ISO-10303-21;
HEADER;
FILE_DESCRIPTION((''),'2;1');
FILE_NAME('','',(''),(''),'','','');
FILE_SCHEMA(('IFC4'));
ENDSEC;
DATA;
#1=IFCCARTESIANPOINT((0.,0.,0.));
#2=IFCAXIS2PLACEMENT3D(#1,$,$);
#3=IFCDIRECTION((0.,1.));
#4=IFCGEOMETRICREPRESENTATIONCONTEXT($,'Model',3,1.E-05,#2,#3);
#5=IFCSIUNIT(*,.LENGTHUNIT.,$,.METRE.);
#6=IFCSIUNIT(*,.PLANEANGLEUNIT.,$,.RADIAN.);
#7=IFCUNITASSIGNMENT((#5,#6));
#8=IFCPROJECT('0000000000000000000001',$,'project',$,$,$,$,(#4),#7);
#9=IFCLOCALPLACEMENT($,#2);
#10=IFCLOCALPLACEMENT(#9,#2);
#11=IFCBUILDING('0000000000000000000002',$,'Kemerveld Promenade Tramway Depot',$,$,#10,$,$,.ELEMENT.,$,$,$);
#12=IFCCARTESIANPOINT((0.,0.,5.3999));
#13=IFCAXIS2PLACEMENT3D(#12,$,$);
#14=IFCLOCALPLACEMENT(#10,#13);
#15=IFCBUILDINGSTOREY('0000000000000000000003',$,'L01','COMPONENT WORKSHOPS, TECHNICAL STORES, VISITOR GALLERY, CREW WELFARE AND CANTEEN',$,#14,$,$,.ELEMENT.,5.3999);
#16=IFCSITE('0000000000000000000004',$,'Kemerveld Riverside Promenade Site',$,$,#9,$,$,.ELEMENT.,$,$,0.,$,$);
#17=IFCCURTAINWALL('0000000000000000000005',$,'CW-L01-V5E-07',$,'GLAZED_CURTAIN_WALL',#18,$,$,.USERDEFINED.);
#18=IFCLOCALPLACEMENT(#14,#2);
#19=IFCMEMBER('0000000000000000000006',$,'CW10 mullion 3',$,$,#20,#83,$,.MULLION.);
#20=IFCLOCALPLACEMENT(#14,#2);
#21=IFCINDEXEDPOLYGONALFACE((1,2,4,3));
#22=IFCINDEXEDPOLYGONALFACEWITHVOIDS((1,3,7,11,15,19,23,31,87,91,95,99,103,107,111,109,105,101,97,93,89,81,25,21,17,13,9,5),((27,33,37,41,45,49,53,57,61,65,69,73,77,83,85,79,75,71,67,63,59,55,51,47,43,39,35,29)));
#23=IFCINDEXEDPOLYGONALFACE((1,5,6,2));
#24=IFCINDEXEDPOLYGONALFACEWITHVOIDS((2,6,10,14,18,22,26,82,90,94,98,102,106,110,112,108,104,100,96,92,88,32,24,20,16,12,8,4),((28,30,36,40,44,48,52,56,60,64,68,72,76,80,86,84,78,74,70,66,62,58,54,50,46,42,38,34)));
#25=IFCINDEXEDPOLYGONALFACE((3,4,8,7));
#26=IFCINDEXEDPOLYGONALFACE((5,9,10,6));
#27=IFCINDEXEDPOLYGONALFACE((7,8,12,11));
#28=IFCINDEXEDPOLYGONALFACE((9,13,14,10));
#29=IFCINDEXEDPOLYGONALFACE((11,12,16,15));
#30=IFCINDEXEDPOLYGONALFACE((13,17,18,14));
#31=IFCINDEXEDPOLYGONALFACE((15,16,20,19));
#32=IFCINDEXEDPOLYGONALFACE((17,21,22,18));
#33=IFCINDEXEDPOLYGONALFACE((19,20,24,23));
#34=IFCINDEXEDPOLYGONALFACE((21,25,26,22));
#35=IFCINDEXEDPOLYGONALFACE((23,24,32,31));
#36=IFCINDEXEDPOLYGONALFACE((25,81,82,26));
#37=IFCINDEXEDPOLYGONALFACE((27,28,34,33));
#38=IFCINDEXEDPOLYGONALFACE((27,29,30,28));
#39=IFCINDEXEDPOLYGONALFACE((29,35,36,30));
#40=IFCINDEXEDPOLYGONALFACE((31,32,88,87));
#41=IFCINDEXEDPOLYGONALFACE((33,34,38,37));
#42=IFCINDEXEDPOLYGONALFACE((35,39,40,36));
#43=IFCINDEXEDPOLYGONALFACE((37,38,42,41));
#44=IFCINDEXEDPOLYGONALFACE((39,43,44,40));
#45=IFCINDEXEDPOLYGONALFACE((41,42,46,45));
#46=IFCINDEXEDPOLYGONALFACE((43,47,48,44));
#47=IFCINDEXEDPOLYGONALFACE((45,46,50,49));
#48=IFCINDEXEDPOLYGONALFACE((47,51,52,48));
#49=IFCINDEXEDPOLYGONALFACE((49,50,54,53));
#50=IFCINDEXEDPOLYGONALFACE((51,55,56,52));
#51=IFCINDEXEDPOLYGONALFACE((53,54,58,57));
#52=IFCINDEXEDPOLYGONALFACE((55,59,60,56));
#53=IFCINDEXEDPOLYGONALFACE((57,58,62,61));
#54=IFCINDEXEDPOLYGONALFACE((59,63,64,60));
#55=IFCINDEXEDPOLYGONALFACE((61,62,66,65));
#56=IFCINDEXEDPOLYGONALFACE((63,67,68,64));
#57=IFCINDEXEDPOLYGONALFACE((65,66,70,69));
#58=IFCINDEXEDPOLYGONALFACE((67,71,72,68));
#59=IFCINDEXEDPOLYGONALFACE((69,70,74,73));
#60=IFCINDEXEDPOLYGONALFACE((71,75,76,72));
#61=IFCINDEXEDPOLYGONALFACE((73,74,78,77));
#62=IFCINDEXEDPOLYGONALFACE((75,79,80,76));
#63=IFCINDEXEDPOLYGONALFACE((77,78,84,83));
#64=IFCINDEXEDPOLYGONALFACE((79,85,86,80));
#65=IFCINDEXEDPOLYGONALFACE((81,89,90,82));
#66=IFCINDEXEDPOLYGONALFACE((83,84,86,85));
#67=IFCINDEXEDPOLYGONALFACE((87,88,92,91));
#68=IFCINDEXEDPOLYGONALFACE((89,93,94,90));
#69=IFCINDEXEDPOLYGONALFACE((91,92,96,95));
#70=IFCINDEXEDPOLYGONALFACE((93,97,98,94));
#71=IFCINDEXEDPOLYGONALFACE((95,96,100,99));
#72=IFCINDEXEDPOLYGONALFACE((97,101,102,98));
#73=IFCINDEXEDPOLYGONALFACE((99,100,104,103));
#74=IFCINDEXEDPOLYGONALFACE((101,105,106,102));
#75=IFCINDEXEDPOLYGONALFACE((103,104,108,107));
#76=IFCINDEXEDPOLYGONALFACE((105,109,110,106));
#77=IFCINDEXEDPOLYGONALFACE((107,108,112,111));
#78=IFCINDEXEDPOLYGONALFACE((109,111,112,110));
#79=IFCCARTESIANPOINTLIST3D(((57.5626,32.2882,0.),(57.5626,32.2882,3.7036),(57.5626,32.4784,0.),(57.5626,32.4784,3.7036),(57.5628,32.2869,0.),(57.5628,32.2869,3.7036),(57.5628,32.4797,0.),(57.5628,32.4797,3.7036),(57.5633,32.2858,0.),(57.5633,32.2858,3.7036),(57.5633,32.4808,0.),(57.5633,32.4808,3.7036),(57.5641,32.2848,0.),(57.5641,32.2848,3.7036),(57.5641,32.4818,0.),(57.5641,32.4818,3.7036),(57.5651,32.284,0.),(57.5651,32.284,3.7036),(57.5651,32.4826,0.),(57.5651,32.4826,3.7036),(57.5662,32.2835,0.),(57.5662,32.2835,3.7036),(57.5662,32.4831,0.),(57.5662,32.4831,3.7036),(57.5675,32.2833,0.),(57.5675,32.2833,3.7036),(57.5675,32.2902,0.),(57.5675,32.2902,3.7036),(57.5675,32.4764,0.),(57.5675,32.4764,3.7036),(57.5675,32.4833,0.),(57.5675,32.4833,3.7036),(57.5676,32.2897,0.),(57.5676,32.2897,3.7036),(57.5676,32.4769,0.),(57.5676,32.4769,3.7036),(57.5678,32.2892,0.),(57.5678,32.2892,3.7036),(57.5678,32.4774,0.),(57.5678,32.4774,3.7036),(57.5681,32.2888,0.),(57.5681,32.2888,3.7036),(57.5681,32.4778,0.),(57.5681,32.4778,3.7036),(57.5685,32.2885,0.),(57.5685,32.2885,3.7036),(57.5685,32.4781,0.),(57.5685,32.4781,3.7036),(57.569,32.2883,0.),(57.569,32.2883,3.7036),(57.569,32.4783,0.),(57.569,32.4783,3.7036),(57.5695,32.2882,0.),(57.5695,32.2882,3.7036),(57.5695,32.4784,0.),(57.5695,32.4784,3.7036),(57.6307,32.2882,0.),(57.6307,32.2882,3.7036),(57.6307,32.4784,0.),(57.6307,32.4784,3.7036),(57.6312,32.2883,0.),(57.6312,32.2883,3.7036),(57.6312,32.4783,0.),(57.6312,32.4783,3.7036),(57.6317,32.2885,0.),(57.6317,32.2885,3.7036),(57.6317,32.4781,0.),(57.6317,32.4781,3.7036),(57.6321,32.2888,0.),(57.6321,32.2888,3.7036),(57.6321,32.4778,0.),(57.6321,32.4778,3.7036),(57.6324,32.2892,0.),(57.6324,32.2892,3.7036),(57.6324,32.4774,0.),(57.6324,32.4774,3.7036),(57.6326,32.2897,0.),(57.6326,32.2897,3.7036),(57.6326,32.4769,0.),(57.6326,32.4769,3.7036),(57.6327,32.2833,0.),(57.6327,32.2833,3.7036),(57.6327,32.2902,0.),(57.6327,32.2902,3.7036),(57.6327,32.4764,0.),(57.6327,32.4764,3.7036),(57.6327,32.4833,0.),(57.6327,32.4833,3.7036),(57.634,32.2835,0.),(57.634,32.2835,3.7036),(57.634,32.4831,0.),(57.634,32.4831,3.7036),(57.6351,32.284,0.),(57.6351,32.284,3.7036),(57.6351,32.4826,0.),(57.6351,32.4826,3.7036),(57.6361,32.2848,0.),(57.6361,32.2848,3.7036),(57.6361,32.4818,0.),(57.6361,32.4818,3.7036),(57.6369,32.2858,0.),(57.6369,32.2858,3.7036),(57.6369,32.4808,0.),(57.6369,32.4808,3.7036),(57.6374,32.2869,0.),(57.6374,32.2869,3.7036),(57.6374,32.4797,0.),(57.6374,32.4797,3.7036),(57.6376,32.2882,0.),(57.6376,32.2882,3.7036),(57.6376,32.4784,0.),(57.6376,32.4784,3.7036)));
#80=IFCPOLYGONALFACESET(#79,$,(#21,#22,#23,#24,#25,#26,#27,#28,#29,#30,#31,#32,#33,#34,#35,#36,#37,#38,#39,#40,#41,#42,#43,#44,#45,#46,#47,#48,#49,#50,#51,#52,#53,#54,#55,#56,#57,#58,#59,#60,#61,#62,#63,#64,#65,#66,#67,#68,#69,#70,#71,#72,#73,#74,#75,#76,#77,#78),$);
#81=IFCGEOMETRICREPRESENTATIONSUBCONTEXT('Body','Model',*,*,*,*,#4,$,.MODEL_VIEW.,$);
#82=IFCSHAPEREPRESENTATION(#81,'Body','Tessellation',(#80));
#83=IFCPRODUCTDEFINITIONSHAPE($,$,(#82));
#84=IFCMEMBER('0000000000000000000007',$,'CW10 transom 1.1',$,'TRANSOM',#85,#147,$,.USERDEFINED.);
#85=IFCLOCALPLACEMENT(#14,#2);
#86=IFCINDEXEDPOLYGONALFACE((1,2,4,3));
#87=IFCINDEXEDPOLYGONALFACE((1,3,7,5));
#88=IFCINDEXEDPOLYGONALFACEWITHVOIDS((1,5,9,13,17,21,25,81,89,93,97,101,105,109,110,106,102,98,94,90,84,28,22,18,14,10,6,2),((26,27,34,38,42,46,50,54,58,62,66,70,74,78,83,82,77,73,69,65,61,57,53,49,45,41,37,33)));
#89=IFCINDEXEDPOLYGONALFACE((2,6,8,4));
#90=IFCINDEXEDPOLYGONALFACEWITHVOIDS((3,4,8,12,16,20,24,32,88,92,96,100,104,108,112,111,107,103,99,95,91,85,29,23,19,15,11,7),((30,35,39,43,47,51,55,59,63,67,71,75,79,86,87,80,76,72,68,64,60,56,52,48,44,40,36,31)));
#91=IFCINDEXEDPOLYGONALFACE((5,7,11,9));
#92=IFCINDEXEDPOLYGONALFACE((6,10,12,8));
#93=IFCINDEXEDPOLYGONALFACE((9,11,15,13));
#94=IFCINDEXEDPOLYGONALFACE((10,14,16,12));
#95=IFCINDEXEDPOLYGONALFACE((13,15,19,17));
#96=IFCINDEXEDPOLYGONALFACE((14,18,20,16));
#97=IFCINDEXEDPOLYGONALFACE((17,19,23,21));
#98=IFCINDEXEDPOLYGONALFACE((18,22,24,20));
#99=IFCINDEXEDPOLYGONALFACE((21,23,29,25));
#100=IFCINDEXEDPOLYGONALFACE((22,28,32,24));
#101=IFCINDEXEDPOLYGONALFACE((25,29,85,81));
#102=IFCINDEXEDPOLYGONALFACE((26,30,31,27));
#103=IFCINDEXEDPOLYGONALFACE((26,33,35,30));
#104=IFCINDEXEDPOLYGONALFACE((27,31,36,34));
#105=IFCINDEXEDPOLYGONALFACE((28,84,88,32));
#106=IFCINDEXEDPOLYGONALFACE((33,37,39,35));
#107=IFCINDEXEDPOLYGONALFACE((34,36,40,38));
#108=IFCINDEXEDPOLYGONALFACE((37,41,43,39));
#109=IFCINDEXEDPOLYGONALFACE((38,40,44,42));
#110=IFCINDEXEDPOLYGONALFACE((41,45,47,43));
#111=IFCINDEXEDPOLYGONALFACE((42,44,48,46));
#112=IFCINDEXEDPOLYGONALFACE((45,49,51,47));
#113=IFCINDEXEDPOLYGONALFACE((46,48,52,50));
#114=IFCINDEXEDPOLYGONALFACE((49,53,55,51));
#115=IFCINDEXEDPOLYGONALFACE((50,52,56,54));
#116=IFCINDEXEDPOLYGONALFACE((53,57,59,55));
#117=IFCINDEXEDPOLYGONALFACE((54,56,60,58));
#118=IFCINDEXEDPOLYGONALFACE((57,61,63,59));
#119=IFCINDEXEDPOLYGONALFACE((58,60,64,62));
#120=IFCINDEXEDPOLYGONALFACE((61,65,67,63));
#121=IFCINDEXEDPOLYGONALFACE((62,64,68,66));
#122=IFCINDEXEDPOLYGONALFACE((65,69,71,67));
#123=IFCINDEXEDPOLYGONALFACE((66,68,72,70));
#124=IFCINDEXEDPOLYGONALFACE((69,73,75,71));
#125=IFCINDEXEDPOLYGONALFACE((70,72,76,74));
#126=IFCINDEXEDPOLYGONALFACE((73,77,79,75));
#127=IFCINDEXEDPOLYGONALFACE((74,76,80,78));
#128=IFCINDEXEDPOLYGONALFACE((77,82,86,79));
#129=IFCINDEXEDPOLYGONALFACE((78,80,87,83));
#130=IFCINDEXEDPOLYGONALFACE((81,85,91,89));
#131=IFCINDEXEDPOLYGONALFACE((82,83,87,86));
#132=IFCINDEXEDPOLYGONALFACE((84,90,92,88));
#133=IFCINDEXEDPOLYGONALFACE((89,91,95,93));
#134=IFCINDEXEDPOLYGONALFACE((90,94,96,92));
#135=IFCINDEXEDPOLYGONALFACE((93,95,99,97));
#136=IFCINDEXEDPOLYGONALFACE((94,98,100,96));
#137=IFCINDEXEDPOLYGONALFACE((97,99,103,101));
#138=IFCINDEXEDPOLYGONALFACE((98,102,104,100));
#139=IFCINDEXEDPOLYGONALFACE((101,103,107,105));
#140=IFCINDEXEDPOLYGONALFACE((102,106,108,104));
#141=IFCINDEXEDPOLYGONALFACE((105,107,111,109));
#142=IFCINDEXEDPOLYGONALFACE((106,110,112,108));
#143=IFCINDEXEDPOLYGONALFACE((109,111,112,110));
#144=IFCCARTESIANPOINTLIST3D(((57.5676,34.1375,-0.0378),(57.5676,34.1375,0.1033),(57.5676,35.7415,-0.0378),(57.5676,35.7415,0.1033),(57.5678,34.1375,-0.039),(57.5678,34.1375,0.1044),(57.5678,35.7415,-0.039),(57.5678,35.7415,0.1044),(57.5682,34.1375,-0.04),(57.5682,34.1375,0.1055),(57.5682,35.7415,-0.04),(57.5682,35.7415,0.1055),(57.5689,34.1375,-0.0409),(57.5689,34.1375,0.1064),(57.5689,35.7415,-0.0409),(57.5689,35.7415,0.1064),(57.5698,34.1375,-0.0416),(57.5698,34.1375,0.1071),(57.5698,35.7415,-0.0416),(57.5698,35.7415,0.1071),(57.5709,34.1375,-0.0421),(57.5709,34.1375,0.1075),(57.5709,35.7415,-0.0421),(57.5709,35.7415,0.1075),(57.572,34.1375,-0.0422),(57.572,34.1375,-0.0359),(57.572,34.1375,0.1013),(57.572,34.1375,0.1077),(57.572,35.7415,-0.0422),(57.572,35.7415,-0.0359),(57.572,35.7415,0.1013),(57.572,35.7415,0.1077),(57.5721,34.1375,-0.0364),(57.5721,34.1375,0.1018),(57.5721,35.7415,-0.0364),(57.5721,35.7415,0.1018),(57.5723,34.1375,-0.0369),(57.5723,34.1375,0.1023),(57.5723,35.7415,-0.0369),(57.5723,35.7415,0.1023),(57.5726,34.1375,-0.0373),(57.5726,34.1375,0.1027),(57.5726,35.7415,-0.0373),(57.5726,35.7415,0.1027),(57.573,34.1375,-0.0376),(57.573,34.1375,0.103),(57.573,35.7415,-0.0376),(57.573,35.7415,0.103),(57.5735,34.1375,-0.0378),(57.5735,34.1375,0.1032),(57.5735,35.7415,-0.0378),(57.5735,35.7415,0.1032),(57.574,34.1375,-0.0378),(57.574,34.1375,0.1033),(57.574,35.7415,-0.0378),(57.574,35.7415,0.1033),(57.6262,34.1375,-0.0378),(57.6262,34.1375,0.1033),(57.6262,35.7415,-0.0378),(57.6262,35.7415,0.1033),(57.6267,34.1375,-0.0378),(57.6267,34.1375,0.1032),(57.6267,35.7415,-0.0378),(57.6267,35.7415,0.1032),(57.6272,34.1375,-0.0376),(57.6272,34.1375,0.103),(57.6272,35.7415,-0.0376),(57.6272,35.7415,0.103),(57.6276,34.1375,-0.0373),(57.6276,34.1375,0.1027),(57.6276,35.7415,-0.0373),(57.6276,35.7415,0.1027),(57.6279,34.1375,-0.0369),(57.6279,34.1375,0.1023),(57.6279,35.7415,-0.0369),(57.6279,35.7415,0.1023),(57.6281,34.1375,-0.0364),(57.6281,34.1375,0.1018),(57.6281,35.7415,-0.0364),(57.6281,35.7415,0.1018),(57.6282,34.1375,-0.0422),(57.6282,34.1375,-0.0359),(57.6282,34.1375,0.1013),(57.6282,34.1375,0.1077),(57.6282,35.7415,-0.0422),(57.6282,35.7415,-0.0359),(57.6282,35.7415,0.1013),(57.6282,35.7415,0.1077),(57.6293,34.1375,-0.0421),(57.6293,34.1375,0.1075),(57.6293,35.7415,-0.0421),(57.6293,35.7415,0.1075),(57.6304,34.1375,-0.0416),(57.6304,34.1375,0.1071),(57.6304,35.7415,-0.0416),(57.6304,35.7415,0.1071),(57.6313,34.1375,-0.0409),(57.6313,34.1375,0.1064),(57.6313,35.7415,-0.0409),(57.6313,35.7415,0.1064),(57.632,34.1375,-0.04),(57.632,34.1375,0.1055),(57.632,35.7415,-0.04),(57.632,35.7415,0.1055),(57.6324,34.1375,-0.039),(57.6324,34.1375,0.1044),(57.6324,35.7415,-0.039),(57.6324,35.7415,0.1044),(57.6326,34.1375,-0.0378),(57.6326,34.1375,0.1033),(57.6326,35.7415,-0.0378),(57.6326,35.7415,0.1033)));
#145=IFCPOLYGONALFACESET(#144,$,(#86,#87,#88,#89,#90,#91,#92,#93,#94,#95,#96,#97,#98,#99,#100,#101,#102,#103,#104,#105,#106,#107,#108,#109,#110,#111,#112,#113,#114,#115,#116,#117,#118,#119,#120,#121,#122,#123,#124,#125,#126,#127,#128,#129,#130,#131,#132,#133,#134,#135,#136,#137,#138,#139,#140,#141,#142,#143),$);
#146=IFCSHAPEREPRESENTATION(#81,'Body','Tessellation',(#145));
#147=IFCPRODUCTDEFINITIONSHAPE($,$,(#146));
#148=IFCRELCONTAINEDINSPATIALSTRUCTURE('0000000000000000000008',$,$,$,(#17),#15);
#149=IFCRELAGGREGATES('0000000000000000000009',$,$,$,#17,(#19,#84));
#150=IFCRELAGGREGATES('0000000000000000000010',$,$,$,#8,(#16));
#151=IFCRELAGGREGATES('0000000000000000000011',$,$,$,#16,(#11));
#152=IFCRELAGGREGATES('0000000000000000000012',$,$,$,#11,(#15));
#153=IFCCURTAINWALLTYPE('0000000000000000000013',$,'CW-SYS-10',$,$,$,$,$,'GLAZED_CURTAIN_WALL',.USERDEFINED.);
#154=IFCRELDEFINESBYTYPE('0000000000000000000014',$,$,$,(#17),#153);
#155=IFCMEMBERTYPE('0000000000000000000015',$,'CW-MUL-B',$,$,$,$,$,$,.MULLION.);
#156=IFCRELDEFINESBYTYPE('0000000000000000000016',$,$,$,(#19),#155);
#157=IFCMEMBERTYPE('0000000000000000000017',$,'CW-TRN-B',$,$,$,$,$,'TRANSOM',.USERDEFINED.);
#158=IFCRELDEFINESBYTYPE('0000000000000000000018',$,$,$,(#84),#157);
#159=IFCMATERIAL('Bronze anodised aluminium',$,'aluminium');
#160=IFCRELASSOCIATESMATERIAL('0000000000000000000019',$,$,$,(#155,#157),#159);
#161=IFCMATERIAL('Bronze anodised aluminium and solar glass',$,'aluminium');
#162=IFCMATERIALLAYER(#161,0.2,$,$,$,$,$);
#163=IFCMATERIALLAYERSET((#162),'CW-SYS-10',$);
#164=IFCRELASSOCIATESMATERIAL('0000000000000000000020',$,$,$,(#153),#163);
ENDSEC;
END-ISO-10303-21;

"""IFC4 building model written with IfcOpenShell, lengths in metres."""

from ifc_helpers import new_model, si_unit, direction, frame, origin, origin_2d, place, context, subcontext, project, spatial, hollow_rectangle, extrude, material, layer, layer_set, material_profile, profile_set, type_object, element, aggregate, save


model = new_model("IFC4")

# Units and contexts
model_context = context("Model", 3, precision=1e-05, world=origin(), true_north=direction((0.0, 1.0)))
body_context = subcontext(model_context, "Body", "Model", "MODEL_VIEW")
ifc_project = project(units=[si_unit("LENGTHUNIT", "METRE"), si_unit("PLANEANGLEUNIT", "RADIAN")], contexts=[model_context])

# Site, building, storey
site_placement = place(None, origin())
site = spatial("IfcSite", under=ifc_project, at=site_placement, Name="Kemerveld Riverside Promenade Site", CompositionType="ELEMENT", RefElevation=0.0)
building_placement = place(site_placement, origin())
building = spatial("IfcBuilding", under=site, at=building_placement, Name="Kemerveld Promenade Tramway Depot", CompositionType="ELEMENT")
storey_placement = place(building_placement, frame((0.0, 0.0, 5.3999)))
storey = spatial("IfcBuildingStorey", under=building, at=storey_placement, Name="L01", Description="COMPONENT WORKSHOPS, TECHNICAL STORES, VISITOR GALLERY, CREW WELFARE AND CANTEEN", CompositionType="ELEMENT", Elevation=5.3999)

# Shared definitions
ifc_material_1 = material(Name="Bronze anodised aluminium and solar glass", Category="aluminium")
ifc_material_2 = material(Name="Bronze anodised aluminium", Category="aluminium")
ifc_material_profile_1 = material_profile(ifc_material_2, hollow_rectangle(XDim=0.075, YDim=0.2, WallThickness=0.0049, InnerFilletRadius=0.002, OuterFilletRadius=0.0049, at=origin_2d()), Name="CW-MUL-200x75")
ifc_profile_set_1 = profile_set([ifc_material_profile_1], Name="Bronze anodised aluminium")
member_type_1 = type_object("IfcMemberType", Name="CW-MUL-B", PredefinedType="MULLION", material=ifc_profile_set_1)

# Curtain wall, members
ifc_layer_1 = layer(ifc_material_1, 0.2)
ifc_layer_set_1 = layer_set([ifc_layer_1], Name="CW-SYS-10")
curtain_wall_type_1 = type_object("IfcCurtainWallType", Name="CW-SYS-10", ElementType="GLAZED_CURTAIN_WALL", PredefinedType="USERDEFINED", material=ifc_layer_set_1)
curtain_wall_1_placement = place(storey_placement, origin())
curtain_wall_1 = element("IfcCurtainWall", 1, at=curtain_wall_1_placement, inside=storey, type_object=curtain_wall_type_1, Name="CW-L01-V5E-07", ObjectType="GLAZED_CURTAIN_WALL", PredefinedType="USERDEFINED")
member_1_placement = place(storey_placement, frame((57.6001, 32.3833, 0.0), z_axis=(0.0, 0.0, 1.0), x_axis=(1.0, 0.0, 0.0)))
member_1 = element("IfcMember", 2, at=member_1_placement, type_object=member_type_1, Name="CW10 mullion 3", PredefinedType="MULLION", context=body_context, shape_type="SweptSolid", body=[
    extrude(hollow_rectangle(XDim=0.075, YDim=0.2, WallThickness=0.0049, InnerFilletRadius=0.002, OuterFilletRadius=0.0049, at=origin_2d()), origin(), (0.0, 0.0, 1.0), 3.7036),
])
ifc_material_profile_2 = material_profile(ifc_material_2, hollow_rectangle(XDim=0.0649, YDim=0.1499, WallThickness=0.0044, InnerFilletRadius=0.002, OuterFilletRadius=0.0044, at=origin_2d()), Name="CW-TRN-150x65")
ifc_profile_set_2 = profile_set([ifc_material_profile_2], Name="Bronze anodised aluminium")
member_type_2 = type_object("IfcMemberType", Name="CW-TRN-B", ElementType="TRANSOM", PredefinedType="USERDEFINED", material=ifc_profile_set_2)
member_2_placement = place(storey_placement, frame((57.6001, 35.7415, 0.0327), z_axis=(0.0, -1.0, 0.0), x_axis=(1.0, 0.0, 0.0)))
member_2 = element("IfcMember", 3, at=member_2_placement, type_object=member_type_2, Name="CW10 transom 1.1", ObjectType="TRANSOM", PredefinedType="USERDEFINED", context=body_context, shape_type="SweptSolid", body=[
    extrude(hollow_rectangle(XDim=0.0649, YDim=0.1499, WallThickness=0.0044, InnerFilletRadius=0.002, OuterFilletRadius=0.0044, at=origin_2d()), origin(), (0.0, 0.0, 1.0), 1.604),
])
aggregate(curtain_wall_1, [member_1, member_2])

save(model, "model.ifc")
